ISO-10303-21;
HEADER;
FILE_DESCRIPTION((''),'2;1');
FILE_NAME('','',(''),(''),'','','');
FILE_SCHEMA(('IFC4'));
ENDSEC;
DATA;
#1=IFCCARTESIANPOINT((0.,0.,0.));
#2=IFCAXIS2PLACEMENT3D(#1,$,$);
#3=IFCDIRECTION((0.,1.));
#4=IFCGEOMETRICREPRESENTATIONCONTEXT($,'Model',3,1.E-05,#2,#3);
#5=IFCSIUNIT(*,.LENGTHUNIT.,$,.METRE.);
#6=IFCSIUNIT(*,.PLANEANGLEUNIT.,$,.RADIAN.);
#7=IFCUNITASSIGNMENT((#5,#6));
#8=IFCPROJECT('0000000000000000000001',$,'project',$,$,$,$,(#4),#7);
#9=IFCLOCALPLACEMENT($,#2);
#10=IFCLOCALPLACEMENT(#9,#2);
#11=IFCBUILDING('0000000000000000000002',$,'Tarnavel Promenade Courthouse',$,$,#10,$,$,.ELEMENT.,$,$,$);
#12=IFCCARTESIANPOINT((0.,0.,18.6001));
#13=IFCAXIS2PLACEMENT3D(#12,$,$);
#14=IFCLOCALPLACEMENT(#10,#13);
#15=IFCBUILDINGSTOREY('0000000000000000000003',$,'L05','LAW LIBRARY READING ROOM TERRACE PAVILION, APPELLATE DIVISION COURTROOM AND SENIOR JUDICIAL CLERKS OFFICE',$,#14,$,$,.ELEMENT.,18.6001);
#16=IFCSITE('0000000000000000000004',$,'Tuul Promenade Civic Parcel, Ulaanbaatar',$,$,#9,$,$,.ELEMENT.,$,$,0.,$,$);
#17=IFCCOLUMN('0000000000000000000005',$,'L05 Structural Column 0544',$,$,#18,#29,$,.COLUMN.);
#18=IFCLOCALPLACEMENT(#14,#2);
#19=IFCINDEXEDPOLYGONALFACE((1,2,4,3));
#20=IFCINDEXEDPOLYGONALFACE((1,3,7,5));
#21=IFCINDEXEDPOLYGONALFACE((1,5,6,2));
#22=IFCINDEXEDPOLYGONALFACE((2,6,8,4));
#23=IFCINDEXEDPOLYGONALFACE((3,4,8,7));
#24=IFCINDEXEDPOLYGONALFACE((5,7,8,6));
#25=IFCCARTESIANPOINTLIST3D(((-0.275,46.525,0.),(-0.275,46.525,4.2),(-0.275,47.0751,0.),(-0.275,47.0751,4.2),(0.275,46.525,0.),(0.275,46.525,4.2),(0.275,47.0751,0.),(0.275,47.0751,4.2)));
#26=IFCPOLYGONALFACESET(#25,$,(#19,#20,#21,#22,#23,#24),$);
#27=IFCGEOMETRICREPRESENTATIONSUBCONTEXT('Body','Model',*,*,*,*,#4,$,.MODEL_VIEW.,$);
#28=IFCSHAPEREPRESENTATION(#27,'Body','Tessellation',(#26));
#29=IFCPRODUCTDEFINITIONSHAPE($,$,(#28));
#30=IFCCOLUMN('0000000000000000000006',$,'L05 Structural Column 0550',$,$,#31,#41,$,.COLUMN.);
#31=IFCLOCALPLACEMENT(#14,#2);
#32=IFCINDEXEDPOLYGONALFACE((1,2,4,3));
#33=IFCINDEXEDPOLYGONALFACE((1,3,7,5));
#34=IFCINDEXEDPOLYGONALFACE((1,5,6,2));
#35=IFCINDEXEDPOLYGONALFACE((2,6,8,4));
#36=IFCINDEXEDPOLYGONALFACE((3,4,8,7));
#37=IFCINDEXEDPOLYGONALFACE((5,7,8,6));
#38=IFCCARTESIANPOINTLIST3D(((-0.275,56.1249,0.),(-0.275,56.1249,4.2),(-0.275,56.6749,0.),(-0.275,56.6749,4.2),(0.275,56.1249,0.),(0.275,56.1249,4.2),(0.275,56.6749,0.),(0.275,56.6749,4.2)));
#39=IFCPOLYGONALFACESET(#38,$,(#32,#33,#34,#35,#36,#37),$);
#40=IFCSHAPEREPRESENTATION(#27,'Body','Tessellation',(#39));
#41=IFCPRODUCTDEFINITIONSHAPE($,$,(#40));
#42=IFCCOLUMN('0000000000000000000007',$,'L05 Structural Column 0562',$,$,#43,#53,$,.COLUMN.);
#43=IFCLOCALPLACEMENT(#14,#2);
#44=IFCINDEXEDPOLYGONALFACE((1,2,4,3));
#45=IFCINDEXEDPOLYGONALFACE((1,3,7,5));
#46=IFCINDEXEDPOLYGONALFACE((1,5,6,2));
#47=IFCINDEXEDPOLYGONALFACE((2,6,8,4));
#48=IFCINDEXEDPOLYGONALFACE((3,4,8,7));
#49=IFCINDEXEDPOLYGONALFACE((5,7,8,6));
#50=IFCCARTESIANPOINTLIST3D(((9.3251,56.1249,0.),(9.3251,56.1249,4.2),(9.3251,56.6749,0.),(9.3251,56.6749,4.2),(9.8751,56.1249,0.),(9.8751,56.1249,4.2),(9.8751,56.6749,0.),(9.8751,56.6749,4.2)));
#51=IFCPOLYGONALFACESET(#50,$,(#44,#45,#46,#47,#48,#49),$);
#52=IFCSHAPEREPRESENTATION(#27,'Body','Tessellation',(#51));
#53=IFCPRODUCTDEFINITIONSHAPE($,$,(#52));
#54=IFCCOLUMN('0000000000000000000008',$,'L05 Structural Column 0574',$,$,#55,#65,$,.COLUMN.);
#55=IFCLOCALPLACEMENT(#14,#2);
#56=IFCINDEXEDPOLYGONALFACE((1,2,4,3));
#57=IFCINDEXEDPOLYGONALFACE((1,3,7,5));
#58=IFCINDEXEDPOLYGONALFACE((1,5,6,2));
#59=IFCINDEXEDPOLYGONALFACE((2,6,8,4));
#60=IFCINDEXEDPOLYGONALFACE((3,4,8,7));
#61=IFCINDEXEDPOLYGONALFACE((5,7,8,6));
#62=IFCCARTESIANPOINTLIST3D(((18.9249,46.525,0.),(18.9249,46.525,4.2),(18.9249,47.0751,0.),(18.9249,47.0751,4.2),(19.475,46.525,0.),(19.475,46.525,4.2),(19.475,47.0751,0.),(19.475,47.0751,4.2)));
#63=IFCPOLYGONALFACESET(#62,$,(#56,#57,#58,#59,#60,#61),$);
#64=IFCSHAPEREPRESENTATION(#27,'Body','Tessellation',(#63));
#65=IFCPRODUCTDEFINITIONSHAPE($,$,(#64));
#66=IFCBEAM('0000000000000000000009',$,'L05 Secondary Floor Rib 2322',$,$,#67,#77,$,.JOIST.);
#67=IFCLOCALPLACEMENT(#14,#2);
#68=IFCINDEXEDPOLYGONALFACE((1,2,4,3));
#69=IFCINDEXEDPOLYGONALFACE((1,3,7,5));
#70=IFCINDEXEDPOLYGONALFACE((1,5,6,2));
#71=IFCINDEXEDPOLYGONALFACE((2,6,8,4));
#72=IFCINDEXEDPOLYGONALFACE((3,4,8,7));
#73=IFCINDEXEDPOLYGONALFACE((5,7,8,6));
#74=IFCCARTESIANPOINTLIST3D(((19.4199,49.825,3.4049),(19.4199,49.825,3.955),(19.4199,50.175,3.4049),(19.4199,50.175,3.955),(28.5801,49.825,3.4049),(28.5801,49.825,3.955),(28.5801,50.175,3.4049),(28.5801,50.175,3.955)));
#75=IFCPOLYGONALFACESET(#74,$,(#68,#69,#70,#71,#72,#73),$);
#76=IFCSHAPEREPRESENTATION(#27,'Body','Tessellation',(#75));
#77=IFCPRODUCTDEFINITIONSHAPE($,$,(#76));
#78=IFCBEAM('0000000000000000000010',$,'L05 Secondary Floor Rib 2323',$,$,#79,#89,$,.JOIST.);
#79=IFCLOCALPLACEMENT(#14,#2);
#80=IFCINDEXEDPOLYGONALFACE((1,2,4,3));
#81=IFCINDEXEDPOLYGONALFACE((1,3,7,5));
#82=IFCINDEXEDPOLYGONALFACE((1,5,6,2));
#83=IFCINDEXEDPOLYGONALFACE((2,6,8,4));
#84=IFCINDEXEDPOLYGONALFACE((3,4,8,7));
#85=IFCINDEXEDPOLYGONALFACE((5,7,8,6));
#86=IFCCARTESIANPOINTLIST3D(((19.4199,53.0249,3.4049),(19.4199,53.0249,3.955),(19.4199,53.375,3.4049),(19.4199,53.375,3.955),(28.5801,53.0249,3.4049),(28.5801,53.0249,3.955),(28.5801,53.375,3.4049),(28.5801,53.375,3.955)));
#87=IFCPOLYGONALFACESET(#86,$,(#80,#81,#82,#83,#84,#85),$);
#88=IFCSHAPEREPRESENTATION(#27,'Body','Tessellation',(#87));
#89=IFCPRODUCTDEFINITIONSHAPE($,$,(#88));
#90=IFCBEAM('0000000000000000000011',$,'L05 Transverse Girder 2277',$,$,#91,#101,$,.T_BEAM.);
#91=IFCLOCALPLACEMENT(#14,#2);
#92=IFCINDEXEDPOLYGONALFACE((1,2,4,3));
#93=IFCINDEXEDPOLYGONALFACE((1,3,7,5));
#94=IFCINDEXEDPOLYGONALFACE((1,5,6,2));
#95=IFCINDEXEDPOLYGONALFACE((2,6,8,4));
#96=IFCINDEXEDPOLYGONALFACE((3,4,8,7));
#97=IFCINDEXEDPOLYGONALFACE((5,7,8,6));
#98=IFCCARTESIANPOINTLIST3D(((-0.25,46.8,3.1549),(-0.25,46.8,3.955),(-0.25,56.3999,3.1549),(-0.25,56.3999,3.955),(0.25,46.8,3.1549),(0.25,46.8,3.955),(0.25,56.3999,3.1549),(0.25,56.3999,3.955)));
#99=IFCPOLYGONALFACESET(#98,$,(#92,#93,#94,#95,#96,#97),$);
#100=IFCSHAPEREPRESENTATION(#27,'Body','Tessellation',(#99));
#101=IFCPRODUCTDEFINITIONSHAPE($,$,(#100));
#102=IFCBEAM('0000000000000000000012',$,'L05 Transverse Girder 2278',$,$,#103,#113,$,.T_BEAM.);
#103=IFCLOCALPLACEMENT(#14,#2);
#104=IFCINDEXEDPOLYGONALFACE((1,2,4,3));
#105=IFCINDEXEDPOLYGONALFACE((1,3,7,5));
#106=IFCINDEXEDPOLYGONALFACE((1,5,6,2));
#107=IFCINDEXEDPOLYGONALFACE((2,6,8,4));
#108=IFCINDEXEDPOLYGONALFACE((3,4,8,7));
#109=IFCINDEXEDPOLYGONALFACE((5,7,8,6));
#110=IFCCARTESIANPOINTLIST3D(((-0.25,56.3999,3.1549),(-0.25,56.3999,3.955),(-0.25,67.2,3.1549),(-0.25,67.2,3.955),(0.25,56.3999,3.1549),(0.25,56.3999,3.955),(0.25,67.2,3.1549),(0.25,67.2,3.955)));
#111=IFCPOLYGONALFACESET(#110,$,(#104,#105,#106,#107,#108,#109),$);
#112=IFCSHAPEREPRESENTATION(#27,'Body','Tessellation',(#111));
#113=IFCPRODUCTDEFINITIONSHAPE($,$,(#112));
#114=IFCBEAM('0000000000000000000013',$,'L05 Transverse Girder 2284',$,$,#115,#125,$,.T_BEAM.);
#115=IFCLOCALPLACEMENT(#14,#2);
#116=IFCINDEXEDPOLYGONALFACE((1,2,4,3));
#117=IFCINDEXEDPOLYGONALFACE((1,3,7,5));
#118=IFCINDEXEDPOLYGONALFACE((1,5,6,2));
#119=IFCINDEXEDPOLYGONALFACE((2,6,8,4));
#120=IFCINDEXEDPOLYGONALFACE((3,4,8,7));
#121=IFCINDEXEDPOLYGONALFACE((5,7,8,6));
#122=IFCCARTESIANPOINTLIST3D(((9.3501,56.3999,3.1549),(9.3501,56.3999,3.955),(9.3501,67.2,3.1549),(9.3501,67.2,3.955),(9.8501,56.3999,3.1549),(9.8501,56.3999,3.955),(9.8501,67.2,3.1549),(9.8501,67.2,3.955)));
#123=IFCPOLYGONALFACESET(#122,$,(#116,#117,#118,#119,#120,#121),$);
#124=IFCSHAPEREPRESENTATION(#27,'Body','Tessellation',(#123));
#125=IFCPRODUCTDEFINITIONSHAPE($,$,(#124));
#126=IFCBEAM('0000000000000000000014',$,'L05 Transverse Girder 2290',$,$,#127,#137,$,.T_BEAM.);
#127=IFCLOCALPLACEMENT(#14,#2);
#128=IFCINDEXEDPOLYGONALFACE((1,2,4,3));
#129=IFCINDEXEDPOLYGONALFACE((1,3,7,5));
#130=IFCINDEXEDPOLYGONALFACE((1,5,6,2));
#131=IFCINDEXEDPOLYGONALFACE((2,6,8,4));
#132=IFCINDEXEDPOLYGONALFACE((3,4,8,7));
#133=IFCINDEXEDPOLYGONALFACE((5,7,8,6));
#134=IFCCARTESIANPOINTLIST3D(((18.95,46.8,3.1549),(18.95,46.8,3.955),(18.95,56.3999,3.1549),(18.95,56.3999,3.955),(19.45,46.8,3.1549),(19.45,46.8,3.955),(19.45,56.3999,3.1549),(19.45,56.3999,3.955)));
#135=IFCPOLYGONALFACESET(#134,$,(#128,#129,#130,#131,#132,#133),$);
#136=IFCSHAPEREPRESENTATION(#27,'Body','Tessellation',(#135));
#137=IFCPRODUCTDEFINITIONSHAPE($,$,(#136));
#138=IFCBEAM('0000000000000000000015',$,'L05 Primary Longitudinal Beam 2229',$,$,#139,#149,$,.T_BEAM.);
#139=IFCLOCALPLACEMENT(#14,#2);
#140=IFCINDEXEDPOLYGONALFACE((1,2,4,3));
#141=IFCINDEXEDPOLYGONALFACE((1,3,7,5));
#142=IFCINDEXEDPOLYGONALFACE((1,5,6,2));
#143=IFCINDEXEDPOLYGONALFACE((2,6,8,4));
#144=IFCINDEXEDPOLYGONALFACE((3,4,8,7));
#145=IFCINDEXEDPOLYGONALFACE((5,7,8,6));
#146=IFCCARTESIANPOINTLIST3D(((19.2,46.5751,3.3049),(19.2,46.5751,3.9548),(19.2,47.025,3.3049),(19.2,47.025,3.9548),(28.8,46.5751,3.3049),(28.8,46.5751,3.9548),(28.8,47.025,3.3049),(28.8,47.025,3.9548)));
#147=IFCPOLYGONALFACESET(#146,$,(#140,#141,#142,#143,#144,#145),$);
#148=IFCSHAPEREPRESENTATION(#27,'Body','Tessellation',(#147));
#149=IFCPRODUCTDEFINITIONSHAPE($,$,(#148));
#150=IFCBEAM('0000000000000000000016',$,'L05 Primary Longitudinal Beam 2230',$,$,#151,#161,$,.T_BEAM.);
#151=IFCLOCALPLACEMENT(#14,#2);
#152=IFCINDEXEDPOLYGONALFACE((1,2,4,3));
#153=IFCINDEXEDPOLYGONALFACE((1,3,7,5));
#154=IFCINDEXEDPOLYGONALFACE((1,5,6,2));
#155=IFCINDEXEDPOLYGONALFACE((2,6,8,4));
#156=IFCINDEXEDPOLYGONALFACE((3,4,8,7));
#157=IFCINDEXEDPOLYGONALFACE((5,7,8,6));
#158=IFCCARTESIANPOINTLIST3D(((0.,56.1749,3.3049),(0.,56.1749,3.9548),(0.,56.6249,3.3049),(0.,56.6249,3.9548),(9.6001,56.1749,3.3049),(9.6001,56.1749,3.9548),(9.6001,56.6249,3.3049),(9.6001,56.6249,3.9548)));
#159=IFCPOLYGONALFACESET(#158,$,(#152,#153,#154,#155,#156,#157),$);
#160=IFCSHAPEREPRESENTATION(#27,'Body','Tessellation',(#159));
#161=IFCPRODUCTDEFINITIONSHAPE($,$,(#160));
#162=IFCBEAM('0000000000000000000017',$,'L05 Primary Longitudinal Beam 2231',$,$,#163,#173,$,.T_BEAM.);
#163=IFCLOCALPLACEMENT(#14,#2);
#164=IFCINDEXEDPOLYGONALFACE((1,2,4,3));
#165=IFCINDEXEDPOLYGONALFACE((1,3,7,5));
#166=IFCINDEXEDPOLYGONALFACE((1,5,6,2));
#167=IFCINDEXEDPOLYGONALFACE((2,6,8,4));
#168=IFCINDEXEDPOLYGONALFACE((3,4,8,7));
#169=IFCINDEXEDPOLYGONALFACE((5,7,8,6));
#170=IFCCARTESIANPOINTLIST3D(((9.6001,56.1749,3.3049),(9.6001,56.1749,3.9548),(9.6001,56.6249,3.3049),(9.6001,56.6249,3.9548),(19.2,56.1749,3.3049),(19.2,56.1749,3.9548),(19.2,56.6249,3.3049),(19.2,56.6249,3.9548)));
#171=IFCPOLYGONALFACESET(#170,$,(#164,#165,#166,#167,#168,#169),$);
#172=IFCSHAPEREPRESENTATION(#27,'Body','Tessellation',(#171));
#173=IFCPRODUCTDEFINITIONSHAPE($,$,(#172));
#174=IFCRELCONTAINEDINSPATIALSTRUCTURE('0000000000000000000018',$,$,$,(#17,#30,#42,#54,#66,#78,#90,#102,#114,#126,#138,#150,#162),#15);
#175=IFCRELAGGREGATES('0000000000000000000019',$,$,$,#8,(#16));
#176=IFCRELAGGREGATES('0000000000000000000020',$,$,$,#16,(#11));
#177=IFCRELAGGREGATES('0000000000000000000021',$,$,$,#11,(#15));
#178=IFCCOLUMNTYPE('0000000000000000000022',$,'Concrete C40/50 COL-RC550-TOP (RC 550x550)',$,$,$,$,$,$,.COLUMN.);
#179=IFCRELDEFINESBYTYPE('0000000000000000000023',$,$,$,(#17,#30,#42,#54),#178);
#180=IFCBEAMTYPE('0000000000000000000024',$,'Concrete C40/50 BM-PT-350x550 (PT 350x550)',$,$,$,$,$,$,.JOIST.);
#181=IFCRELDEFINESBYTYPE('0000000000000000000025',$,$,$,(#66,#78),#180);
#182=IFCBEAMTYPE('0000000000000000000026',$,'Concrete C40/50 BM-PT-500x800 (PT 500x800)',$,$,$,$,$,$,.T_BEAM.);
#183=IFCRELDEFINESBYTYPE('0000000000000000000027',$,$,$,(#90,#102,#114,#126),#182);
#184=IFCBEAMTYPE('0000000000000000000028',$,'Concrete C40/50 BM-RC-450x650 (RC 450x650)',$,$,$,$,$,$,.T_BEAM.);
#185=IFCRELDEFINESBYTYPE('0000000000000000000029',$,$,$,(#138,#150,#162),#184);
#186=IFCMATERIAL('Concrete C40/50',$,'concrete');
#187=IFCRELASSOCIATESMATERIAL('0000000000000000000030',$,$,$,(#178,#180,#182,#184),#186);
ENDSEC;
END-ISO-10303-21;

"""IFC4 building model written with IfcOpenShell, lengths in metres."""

from ifc_helpers import new_model, si_unit, direction, frame, origin, origin_2d, place, context, subcontext, project, spatial, rectangle, extrude, material, material_profile, profile_set, type_object, element, save


model = new_model("IFC4")

# Units and contexts
model_context = context("Model", 3, precision=1e-05, world=origin(), true_north=direction((0.0, 1.0)))
body_context = subcontext(model_context, "Body", "Model", "MODEL_VIEW")
ifc_project = project(units=[si_unit("LENGTHUNIT", "METRE"), si_unit("PLANEANGLEUNIT", "RADIAN")], contexts=[model_context])

# Site, building, storey
site_placement = place(None, origin())
site = spatial("IfcSite", under=ifc_project, at=site_placement, Name="Tuul Promenade Civic Parcel, Ulaanbaatar", CompositionType="ELEMENT", RefElevation=0.0)
building_placement = place(site_placement, origin())
building = spatial("IfcBuilding", under=site, at=building_placement, Name="Tarnavel Promenade Courthouse", CompositionType="ELEMENT")
storey_placement = place(building_placement, frame((0.0, 0.0, 18.6001)))
storey = spatial("IfcBuildingStorey", under=building, at=storey_placement, Name="L05", Description="LAW LIBRARY READING ROOM TERRACE PAVILION, APPELLATE DIVISION COURTROOM AND SENIOR JUDICIAL CLERKS OFFICE", CompositionType="ELEMENT", Elevation=18.6001)

# Columns
ifc_material_1 = material(Name="Concrete C40/50", Category="concrete")
ifc_material_profile_1 = material_profile(ifc_material_1, rectangle(XDim=0.55, YDim=0.55, at=origin_2d()), Name="RC 550x550")
ifc_profile_set_1 = profile_set([ifc_material_profile_1], Name="Concrete C40/50")
column_type = type_object("IfcColumnType", Name="Concrete C40/50 COL-RC550-TOP (RC 550x550)", PredefinedType="COLUMN", material=ifc_profile_set_1)
for number, where, z_axis, x_axis, name in (
    (1, (0.0, 46.8, 0.0), (0.0, 0.0, 1.0), (1.0, 0.0, 0.0), "L05 Structural Column 0544"),
    (2, (0.0, 56.3999, 0.0), (0.0, 0.0, 1.0), (1.0, 0.0, 0.0), "L05 Structural Column 0550"),
    (3, (9.6001, 56.3999, 0.0), (0.0, 0.0, 1.0), (1.0, 0.0, 0.0), "L05 Structural Column 0562"),
    (4, (19.2, 46.8, 0.0), (0.0, 0.0, 1.0), (1.0, 0.0, 0.0), "L05 Structural Column 0574"),
):
    element("IfcColumn", number, at=place(storey_placement, frame(where, z_axis=z_axis, x_axis=x_axis)), inside=storey, type_object=column_type, Name=name, PredefinedType="COLUMN", context=body_context, shape_type="SweptSolid", body=[
        extrude(rectangle(XDim=0.55, YDim=0.55, at=origin_2d()), origin(), (0.0, 0.0, 1.0), 4.2),
    ])

# Beams
ifc_material_profile_2 = material_profile(ifc_material_1, rectangle(XDim=0.3501, YDim=0.55, at=origin_2d()), Name="PT 350x550")
ifc_profile_set_2 = profile_set([ifc_material_profile_2], Name="Concrete C40/50")
beam_type_1 = type_object("IfcBeamType", Name="Concrete C40/50 BM-PT-350x550 (PT 350x550)", PredefinedType="JOIST", material=ifc_profile_set_2)
for number, where, z_axis, x_axis, name in (
    (5, (19.4199, 50.0, 3.6799), (1.0, 0.0, 0.0), (0.0, 1.0, 0.0), "L05 Secondary Floor Rib 2322"),
    (6, (19.4199, 53.2, 3.6799), (1.0, 0.0, 0.0), (0.0, 1.0, 0.0), "L05 Secondary Floor Rib 2323"),
):
    element("IfcBeam", number, at=place(storey_placement, frame(where, z_axis=z_axis, x_axis=x_axis)), inside=storey, type_object=beam_type_1, Name=name, PredefinedType="JOIST", context=body_context, shape_type="SweptSolid", body=[
        extrude(rectangle(XDim=0.3501, YDim=0.55, at=origin_2d()), origin(), (0.0, 0.0, 1.0), 9.1602),
    ])
ifc_material_profile_3 = material_profile(ifc_material_1, rectangle(XDim=0.5, YDim=0.8, at=origin_2d()), Name="PT 500x800")
ifc_profile_set_3 = profile_set([ifc_material_profile_3], Name="Concrete C40/50")
beam_type_2 = type_object("IfcBeamType", Name="Concrete C40/50 BM-PT-500x800 (PT 500x800)", PredefinedType="T_BEAM", material=ifc_profile_set_3)
beam_1_placement = place(storey_placement, frame((0.0, 46.8, 3.5549), z_axis=(0.0, 1.0, 0.0), x_axis=(-1.0, 0.0, 0.0)))
element("IfcBeam", 7, at=beam_1_placement, inside=storey, type_object=beam_type_2, Name="L05 Transverse Girder 2277", PredefinedType="T_BEAM", context=body_context, shape_type="SweptSolid", body=[
    extrude(rectangle(XDim=0.5, YDim=0.8, at=origin_2d()), origin(), (0.0, 0.0, 1.0), 9.5999),
])
for number, where, z_axis, x_axis, name in (
    (8, (0.0, 56.3999, 3.5549), (0.0, 1.0, 0.0), (-1.0, 0.0, 0.0), "L05 Transverse Girder 2278"),
    (9, (9.6001, 56.3999, 3.5549), (0.0, 1.0, 0.0), (-1.0, 0.0, 0.0), "L05 Transverse Girder 2284"),
):
    element("IfcBeam", number, at=place(storey_placement, frame(where, z_axis=z_axis, x_axis=x_axis)), inside=storey, type_object=beam_type_2, Name=name, PredefinedType="T_BEAM", context=body_context, shape_type="SweptSolid", body=[
        extrude(rectangle(XDim=0.5, YDim=0.8, at=origin_2d()), origin(), (0.0, 0.0, 1.0), 10.8),
    ])
beam_2_placement = place(storey_placement, frame((19.2, 46.8, 3.5549), z_axis=(0.0, 1.0, 0.0), x_axis=(-1.0, 0.0, 0.0)))
element("IfcBeam", 10, at=beam_2_placement, inside=storey, type_object=beam_type_2, Name="L05 Transverse Girder 2290", PredefinedType="T_BEAM", context=body_context, shape_type="SweptSolid", body=[
    extrude(rectangle(XDim=0.5, YDim=0.8, at=origin_2d()), origin(), (0.0, 0.0, 1.0), 9.5999),
])
ifc_material_profile_4 = material_profile(ifc_material_1, rectangle(XDim=0.45, YDim=0.6499, at=origin_2d()), Name="RC 450x650")
ifc_profile_set_4 = profile_set([ifc_material_profile_4], Name="Concrete C40/50")
beam_type_3 = type_object("IfcBeamType", Name="Concrete C40/50 BM-RC-450x650 (RC 450x650)", PredefinedType="T_BEAM", material=ifc_profile_set_4)
for number, where, z_axis, x_axis, name in (
    (11, (19.2, 46.8, 3.6299), (1.0, 0.0, 0.0), (0.0, 1.0, 0.0), "L05 Primary Longitudinal Beam 2229"),
    (12, (0.0, 56.3999, 3.6299), (1.0, 0.0, 0.0), (0.0, 1.0, 0.0), "L05 Primary Longitudinal Beam 2230"),
):
    element("IfcBeam", number, at=place(storey_placement, frame(where, z_axis=z_axis, x_axis=x_axis)), inside=storey, type_object=beam_type_3, Name=name, PredefinedType="T_BEAM", context=body_context, shape_type="SweptSolid", body=[
        extrude(rectangle(XDim=0.45, YDim=0.6499, at=origin_2d()), origin(), (0.0, 0.0, 1.0), 9.6001),
    ])
beam_3_placement = place(storey_placement, frame((9.6001, 56.3999, 3.6299), z_axis=(1.0, 0.0, 0.0), x_axis=(0.0, 1.0, 0.0)))
element("IfcBeam", 13, at=beam_3_placement, inside=storey, type_object=beam_type_3, Name="L05 Primary Longitudinal Beam 2231", PredefinedType="T_BEAM", context=body_context, shape_type="SweptSolid", body=[
    extrude(rectangle(XDim=0.45, YDim=0.6499, at=origin_2d()), origin(), (0.0, 0.0, 1.0), 9.5999),
])

save(model, "model.ifc")
